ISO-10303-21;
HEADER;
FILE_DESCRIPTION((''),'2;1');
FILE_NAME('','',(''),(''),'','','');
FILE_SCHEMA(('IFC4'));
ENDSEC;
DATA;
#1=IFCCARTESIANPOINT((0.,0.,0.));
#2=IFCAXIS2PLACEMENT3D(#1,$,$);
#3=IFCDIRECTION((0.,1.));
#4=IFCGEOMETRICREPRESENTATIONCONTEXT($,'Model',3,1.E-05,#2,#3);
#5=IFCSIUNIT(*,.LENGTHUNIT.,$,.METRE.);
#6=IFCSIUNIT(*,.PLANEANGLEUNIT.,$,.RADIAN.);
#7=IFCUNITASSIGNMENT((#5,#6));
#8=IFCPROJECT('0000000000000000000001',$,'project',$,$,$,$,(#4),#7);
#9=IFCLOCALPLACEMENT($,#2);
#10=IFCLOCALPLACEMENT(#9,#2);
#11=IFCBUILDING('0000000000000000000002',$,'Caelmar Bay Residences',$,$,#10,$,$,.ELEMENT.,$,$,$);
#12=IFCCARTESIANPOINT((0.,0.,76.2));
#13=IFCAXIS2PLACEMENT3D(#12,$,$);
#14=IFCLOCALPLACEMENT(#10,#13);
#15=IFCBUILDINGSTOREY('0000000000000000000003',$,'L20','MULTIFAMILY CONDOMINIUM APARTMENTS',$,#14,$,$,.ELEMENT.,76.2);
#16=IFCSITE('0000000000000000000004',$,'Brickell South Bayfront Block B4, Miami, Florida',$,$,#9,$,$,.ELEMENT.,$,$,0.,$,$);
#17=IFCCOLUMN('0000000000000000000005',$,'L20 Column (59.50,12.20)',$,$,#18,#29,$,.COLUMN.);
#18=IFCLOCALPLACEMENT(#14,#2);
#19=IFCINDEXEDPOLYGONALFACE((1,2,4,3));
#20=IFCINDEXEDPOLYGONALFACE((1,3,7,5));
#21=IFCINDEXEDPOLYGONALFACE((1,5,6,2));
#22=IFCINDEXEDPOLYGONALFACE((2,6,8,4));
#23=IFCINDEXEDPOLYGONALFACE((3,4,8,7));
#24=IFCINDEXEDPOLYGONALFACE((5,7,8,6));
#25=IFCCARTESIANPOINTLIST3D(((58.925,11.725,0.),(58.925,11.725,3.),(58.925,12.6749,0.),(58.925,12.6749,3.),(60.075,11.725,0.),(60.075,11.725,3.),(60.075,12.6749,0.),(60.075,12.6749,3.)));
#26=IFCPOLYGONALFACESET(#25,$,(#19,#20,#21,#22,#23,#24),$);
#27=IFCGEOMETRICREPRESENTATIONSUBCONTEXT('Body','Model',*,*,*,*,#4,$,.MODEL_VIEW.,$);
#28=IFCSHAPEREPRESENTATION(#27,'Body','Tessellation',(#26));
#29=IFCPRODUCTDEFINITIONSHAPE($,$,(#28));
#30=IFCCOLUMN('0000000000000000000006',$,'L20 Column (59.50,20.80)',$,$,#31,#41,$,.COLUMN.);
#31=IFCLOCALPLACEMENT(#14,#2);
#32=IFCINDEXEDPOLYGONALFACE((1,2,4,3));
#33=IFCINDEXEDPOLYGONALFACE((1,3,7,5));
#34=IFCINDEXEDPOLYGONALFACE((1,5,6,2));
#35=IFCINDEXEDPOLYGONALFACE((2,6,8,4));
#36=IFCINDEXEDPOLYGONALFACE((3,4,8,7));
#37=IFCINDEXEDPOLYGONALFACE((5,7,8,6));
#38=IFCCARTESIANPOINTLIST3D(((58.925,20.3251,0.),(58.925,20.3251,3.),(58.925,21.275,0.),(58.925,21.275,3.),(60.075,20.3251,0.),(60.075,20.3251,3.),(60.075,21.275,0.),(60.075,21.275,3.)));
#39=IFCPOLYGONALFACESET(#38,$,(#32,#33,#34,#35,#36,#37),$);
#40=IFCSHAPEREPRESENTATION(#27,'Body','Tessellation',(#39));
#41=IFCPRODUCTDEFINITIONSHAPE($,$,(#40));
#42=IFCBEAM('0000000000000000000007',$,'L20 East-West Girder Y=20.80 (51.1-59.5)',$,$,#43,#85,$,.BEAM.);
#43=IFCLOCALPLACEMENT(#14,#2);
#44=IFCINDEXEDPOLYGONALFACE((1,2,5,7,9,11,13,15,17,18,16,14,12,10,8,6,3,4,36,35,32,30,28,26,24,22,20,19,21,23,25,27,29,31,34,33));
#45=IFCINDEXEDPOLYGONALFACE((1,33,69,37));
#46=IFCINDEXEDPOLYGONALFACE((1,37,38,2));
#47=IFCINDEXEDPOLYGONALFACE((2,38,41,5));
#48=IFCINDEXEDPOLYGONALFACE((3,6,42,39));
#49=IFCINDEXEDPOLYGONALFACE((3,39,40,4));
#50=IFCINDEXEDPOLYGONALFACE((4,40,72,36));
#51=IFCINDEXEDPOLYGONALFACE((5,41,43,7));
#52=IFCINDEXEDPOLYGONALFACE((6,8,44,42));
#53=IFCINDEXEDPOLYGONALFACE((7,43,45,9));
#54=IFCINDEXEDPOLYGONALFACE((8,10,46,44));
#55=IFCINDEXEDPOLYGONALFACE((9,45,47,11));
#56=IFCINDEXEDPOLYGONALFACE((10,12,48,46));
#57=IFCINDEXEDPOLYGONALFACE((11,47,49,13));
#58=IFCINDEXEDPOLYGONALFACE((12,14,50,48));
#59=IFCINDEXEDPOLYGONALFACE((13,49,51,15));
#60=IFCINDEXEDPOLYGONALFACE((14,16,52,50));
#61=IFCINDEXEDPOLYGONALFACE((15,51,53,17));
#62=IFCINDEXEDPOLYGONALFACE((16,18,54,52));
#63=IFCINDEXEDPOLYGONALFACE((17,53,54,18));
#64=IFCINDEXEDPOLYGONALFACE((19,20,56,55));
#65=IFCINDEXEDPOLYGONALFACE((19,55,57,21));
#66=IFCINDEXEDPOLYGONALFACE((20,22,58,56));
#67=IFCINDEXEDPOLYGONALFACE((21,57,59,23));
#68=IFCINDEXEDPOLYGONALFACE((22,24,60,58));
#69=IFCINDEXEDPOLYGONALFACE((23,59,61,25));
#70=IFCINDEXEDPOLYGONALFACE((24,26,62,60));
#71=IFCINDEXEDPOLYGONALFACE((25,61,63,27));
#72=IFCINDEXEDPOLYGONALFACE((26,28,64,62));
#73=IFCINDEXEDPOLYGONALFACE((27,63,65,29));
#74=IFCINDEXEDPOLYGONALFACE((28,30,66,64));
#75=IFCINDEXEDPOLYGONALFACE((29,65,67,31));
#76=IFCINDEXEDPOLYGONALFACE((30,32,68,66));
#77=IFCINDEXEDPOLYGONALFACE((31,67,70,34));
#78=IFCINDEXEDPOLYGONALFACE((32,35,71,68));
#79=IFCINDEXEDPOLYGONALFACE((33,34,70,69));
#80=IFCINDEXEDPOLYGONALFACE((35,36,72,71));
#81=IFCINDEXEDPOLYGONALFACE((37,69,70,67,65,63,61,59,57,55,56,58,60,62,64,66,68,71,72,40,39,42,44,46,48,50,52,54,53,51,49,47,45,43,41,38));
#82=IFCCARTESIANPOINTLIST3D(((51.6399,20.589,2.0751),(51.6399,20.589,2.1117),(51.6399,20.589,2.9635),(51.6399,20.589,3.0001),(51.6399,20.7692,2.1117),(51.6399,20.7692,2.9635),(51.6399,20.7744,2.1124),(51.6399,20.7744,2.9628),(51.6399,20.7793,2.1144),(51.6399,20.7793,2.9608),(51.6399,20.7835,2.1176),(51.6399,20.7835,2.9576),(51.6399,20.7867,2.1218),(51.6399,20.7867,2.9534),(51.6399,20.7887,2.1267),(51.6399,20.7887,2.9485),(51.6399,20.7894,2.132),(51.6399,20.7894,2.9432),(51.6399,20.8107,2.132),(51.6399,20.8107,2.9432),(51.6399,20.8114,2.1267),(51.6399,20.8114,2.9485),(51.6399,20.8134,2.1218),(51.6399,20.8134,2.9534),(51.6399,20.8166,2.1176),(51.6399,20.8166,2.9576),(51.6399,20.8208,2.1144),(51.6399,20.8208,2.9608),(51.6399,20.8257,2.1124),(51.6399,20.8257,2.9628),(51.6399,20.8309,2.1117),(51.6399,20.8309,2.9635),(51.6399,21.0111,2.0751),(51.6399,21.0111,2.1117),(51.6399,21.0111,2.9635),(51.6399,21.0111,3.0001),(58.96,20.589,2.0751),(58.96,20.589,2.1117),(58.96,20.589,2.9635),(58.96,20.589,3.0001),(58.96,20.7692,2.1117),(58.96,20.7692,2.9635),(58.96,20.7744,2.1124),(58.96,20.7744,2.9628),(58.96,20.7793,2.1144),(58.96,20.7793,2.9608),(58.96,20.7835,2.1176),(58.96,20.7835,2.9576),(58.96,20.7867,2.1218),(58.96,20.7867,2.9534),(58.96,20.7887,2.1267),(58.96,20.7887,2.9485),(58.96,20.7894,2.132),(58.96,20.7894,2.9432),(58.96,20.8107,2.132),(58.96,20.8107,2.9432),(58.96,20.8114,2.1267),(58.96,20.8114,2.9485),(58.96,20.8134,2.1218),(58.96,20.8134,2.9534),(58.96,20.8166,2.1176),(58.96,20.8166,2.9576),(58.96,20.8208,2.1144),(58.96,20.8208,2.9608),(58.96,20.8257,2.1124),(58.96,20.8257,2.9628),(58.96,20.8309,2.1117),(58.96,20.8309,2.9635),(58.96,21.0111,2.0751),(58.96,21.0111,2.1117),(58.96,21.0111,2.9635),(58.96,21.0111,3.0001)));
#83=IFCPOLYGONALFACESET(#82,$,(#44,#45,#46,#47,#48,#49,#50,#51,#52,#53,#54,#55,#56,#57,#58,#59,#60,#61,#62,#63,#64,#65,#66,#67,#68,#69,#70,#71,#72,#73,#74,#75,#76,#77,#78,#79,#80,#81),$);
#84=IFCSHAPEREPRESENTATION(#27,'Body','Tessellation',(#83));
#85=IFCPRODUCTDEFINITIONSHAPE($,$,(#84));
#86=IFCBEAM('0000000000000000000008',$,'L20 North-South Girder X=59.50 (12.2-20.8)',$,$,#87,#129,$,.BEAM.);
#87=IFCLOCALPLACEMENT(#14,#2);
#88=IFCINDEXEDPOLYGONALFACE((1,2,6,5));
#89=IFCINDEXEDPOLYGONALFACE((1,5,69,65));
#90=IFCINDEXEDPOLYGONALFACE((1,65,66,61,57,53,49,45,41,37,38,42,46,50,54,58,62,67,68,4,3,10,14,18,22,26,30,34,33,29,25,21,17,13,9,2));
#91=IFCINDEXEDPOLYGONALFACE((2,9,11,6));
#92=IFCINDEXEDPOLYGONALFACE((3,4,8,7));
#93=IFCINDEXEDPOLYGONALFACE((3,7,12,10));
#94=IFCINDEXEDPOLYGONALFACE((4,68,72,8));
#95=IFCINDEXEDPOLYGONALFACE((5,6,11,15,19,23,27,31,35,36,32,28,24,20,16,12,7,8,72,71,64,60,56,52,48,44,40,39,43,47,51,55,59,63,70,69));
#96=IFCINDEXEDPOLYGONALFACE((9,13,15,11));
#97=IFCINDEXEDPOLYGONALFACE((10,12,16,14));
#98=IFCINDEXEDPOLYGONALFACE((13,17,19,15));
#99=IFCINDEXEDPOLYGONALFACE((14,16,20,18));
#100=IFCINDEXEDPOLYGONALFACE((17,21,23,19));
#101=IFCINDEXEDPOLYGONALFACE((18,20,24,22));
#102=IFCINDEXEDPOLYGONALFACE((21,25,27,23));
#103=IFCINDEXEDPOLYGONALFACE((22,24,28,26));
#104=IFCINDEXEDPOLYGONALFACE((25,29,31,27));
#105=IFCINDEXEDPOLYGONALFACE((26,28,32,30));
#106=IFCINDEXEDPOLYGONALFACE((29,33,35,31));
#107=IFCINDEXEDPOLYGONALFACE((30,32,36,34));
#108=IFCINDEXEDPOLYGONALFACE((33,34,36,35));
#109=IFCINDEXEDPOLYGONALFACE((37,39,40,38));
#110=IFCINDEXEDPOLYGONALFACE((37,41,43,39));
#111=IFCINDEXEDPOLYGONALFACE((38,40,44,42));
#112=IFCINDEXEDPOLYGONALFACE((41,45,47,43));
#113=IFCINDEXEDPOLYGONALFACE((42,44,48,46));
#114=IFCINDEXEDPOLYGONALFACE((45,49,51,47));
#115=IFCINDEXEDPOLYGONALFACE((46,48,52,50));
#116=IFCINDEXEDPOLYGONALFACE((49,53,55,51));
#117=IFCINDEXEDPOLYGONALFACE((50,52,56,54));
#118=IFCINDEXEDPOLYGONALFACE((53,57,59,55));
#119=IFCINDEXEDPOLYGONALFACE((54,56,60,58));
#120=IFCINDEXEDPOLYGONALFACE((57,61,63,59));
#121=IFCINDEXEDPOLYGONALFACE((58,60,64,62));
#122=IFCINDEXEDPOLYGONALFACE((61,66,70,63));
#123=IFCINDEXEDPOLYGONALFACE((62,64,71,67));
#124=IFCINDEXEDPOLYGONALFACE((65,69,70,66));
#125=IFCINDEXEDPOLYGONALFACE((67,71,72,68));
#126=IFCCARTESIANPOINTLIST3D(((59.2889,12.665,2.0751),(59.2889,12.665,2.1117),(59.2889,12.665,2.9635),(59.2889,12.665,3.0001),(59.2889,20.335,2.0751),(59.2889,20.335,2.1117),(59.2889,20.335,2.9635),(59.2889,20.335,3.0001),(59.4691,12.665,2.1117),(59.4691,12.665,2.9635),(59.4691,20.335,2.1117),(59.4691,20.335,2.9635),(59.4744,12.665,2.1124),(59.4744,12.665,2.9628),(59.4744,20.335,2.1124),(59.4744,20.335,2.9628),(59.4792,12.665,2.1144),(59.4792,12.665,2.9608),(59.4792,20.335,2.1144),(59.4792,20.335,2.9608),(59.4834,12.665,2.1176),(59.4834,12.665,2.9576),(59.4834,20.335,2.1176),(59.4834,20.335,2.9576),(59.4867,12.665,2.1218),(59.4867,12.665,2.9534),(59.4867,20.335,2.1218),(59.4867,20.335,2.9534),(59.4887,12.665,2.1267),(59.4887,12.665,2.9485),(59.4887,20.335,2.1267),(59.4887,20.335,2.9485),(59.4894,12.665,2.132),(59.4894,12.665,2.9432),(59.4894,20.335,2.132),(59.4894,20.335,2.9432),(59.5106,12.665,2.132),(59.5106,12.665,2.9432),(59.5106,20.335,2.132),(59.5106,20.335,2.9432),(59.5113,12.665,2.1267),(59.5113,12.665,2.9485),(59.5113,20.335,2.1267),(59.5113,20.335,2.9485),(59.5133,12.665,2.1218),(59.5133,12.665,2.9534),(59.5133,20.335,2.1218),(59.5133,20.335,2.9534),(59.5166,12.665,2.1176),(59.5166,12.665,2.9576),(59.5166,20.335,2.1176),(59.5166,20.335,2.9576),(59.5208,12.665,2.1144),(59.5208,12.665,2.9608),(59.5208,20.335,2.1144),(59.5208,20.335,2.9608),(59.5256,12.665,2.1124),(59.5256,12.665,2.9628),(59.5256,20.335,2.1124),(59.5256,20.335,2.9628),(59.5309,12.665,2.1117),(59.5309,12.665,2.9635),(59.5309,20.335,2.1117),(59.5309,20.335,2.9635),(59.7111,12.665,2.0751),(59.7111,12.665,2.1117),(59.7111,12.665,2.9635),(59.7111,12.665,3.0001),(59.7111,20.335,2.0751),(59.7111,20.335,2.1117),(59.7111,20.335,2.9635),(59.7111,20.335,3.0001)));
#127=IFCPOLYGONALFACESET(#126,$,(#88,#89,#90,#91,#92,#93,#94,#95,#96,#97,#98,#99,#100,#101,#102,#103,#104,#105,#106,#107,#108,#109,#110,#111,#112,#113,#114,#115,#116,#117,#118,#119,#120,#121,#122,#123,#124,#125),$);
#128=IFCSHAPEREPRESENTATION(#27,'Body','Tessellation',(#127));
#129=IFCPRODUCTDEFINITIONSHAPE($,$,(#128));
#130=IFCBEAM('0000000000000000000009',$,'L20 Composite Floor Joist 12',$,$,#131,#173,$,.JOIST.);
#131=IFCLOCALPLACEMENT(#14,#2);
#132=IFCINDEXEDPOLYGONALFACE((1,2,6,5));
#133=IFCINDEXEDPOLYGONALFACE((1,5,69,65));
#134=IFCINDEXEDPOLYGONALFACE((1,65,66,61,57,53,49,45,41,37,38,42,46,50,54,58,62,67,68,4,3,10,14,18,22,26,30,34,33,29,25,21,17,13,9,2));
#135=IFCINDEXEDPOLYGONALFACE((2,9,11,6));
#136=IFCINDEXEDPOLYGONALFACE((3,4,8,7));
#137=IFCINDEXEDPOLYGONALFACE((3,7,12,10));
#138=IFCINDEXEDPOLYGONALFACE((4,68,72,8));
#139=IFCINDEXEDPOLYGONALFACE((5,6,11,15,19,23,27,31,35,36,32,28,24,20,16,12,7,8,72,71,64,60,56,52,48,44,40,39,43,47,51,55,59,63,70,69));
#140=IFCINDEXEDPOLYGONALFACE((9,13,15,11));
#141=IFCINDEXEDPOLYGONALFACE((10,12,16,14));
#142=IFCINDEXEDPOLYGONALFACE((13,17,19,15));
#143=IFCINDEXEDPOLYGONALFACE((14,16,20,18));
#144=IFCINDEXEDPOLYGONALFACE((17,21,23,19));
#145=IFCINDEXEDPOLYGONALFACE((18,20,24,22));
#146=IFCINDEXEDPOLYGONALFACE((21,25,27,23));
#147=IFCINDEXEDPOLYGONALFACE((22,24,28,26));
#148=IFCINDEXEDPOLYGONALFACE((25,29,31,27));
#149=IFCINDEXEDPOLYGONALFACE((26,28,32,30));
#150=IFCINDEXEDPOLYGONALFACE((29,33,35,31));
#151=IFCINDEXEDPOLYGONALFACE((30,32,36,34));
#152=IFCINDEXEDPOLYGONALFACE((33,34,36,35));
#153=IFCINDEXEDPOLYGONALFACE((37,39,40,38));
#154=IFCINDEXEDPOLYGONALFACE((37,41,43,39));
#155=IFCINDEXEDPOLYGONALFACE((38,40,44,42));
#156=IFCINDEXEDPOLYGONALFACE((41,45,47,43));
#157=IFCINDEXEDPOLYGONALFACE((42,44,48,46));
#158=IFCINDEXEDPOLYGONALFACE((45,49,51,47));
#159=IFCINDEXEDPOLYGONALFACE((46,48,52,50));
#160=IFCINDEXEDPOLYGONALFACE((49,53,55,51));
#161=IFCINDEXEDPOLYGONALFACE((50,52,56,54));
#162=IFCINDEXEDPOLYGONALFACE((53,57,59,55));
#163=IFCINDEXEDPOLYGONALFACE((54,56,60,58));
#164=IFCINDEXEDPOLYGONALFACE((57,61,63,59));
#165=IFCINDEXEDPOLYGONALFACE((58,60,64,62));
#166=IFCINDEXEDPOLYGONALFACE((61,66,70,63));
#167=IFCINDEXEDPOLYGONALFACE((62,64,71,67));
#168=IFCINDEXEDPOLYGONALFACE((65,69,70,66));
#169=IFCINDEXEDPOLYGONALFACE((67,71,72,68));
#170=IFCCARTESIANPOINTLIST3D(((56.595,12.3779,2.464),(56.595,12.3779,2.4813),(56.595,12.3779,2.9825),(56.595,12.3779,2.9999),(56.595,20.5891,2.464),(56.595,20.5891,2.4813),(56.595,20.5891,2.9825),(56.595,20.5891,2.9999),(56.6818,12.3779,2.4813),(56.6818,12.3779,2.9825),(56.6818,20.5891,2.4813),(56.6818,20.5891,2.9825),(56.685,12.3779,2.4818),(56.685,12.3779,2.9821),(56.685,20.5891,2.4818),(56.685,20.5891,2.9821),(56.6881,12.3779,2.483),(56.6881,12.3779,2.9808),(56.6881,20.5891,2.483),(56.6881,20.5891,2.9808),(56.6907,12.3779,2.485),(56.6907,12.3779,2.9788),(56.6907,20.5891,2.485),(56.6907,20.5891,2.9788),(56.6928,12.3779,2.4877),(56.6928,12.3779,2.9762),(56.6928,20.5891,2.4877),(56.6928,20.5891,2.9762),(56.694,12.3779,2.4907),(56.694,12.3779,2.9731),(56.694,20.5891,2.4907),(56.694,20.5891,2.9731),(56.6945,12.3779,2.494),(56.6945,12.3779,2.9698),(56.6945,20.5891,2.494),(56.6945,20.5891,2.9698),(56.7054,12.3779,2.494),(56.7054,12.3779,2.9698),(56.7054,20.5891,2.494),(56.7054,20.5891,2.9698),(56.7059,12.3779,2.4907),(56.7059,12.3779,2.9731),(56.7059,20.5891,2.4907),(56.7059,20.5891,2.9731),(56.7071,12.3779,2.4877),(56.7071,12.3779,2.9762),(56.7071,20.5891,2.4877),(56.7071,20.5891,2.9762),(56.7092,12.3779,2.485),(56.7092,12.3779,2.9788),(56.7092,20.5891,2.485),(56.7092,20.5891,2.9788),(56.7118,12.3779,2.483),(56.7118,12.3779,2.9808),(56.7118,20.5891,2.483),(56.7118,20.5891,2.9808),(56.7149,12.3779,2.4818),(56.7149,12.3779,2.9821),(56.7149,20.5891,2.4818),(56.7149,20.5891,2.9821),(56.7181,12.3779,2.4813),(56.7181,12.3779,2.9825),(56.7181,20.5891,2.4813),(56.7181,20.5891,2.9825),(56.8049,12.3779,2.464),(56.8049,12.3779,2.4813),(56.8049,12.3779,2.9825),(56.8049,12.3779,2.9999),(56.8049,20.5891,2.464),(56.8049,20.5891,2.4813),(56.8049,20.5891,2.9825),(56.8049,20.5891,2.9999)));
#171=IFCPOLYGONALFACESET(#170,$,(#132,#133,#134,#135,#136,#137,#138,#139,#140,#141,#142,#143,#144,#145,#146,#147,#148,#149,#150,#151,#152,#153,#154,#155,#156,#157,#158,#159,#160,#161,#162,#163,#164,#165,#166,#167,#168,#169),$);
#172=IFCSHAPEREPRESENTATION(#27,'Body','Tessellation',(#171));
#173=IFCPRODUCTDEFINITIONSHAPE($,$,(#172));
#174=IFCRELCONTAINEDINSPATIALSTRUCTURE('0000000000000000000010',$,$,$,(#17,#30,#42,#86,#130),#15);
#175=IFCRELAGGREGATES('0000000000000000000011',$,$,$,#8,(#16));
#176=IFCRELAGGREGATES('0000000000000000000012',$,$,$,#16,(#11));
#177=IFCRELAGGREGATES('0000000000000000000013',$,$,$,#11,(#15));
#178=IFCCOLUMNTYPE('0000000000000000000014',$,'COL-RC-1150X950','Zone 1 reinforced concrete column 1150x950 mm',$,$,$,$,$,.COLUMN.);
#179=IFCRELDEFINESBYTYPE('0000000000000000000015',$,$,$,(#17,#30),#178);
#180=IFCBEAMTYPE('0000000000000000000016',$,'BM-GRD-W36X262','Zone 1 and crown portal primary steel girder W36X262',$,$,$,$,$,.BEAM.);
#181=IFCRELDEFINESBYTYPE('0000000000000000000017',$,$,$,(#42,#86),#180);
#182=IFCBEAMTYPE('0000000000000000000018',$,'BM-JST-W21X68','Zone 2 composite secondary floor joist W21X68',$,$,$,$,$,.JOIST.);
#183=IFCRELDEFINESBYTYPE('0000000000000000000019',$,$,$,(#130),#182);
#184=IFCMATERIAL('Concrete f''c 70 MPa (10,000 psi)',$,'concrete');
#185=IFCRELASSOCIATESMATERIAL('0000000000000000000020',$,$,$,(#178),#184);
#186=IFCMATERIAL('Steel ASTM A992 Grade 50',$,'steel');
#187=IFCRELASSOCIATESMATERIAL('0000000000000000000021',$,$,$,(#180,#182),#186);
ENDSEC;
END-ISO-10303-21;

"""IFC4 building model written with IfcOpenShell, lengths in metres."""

from ifc_helpers import new_model, si_unit, direction, frame, origin, origin_2d, place, context, subcontext, project, spatial, rectangle, i_section, extrude, material, material_profile, profile_set, type_object, element, save


model = new_model("IFC4")

# Units and contexts
model_context = context("Model", 3, precision=1e-05, world=origin(), true_north=direction((0.0, 1.0)))
body_context = subcontext(model_context, "Body", "Model", "MODEL_VIEW")
ifc_project = project(units=[si_unit("LENGTHUNIT", "METRE"), si_unit("PLANEANGLEUNIT", "RADIAN")], contexts=[model_context])

# Site, building, storey
site_placement = place(None, origin())
site = spatial("IfcSite", under=ifc_project, at=site_placement, Name="Brickell South Bayfront Block B4, Miami, Florida", CompositionType="ELEMENT", RefElevation=0.0)
building_placement = place(site_placement, origin())
building = spatial("IfcBuilding", under=site, at=building_placement, Name="Caelmar Bay Residences", CompositionType="ELEMENT")
storey_placement = place(building_placement, frame((0.0, 0.0, 76.2)))
storey = spatial("IfcBuildingStorey", under=building, at=storey_placement, Name="L20", Description="MULTIFAMILY CONDOMINIUM APARTMENTS", CompositionType="ELEMENT", Elevation=76.2)

# Columns
ifc_material_1 = material(Name="Concrete f'c 70 MPa (10,000 psi)", Category="concrete")
ifc_material_profile_1 = material_profile(ifc_material_1, rectangle(XDim=1.1499, YDim=0.95, at=origin_2d()), Name="RC-COL-1150X950")
ifc_profile_set_1 = profile_set([ifc_material_profile_1], Name="Concrete f'c 70 MPa (10,000 psi)")
column_type = type_object("IfcColumnType", Name="COL-RC-1150X950", Description="Zone 1 reinforced concrete column 1150x950 mm", PredefinedType="COLUMN", material=ifc_profile_set_1)
for number, where, z_axis, x_axis, name in (
    (1, (59.5, 12.2, 0.0), (0.0, 0.0, 1.0), (1.0, 0.0, 0.0), "L20 Column (59.50,12.20)"),
    (2, (59.5, 20.8, 0.0), (0.0, 0.0, 1.0), (1.0, 0.0, 0.0), "L20 Column (59.50,20.80)"),
):
    element("IfcColumn", number, at=place(storey_placement, frame(where, z_axis=z_axis, x_axis=x_axis)), inside=storey, type_object=column_type, Name=name, PredefinedType="COLUMN", context=body_context, shape_type="SweptSolid", body=[
        extrude(rectangle(XDim=1.1499, YDim=0.95, at=origin_2d()), origin(), (0.0, 0.0, 1.0), 3.0),
    ])

# Beams
ifc_material_2 = material(Name="Steel ASTM A992 Grade 50", Category="steel")
ifc_material_profile_2 = material_profile(ifc_material_2, i_section(OverallWidth=0.4221, OverallDepth=0.925, WebThickness=0.0212, FlangeThickness=0.0366, FilletRadius=0.0203, at=origin_2d()), Name="W36X262")
ifc_profile_set_2 = profile_set([ifc_material_profile_2], Name="Steel ASTM A992 Grade 50")
beam_type_1 = type_object("IfcBeamType", Name="BM-GRD-W36X262", Description="Zone 1 and crown portal primary steel girder W36X262", PredefinedType="BEAM", material=ifc_profile_set_2)
beam_1_placement = place(storey_placement, frame((51.6399, 20.8, 2.5376), z_axis=(1.0, 0.0, 0.0), x_axis=(0.0, 1.0, 0.0)))
element("IfcBeam", 3, at=beam_1_placement, inside=storey, type_object=beam_type_1, Name="L20 East-West Girder Y=20.80 (51.1-59.5)", PredefinedType="BEAM", context=body_context, shape_type="SweptSolid", body=[
    extrude(i_section(OverallWidth=0.4221, OverallDepth=0.925, WebThickness=0.0212, FlangeThickness=0.0366, FilletRadius=0.0203, at=origin_2d()), origin(), (0.0, 0.0, 1.0), 7.3201),
])
beam_2_placement = place(storey_placement, frame((59.5, 12.665, 2.5376), z_axis=(0.0, 1.0, 0.0), x_axis=(-1.0, 0.0, 0.0)))
element("IfcBeam", 4, at=beam_2_placement, inside=storey, type_object=beam_type_1, Name="L20 North-South Girder X=59.50 (12.2-20.8)", PredefinedType="BEAM", context=body_context, shape_type="SweptSolid", body=[
    extrude(i_section(OverallWidth=0.4221, OverallDepth=0.925, WebThickness=0.0212, FlangeThickness=0.0366, FilletRadius=0.0203, at=origin_2d()), origin(), (0.0, 0.0, 1.0), 7.6699),
])
ifc_material_profile_3 = material_profile(ifc_material_2, i_section(OverallWidth=0.21, OverallDepth=0.5359, WebThickness=0.011, FlangeThickness=0.0173, FilletRadius=0.0127, at=origin_2d()), Name="W21X68")
ifc_profile_set_3 = profile_set([ifc_material_profile_3], Name="Steel ASTM A992 Grade 50")
beam_type_2 = type_object("IfcBeamType", Name="BM-JST-W21X68", Description="Zone 2 composite secondary floor joist W21X68", PredefinedType="JOIST", material=ifc_profile_set_3)
beam_3_placement = place(storey_placement, frame((56.7, 12.3779, 2.7319), z_axis=(0.0, 1.0, 0.0), x_axis=(-1.0, 0.0, 0.0)))
element("IfcBeam", 5, at=beam_3_placement, inside=storey, type_object=beam_type_2, Name="L20 Composite Floor Joist 12", PredefinedType="JOIST", context=body_context, shape_type="SweptSolid", body=[
    extrude(i_section(OverallWidth=0.21, OverallDepth=0.5359, WebThickness=0.011, FlangeThickness=0.0173, FilletRadius=0.0127, at=origin_2d()), origin(), (0.0, 0.0, 1.0), 8.2112),
])

save(model, "model.ifc")
